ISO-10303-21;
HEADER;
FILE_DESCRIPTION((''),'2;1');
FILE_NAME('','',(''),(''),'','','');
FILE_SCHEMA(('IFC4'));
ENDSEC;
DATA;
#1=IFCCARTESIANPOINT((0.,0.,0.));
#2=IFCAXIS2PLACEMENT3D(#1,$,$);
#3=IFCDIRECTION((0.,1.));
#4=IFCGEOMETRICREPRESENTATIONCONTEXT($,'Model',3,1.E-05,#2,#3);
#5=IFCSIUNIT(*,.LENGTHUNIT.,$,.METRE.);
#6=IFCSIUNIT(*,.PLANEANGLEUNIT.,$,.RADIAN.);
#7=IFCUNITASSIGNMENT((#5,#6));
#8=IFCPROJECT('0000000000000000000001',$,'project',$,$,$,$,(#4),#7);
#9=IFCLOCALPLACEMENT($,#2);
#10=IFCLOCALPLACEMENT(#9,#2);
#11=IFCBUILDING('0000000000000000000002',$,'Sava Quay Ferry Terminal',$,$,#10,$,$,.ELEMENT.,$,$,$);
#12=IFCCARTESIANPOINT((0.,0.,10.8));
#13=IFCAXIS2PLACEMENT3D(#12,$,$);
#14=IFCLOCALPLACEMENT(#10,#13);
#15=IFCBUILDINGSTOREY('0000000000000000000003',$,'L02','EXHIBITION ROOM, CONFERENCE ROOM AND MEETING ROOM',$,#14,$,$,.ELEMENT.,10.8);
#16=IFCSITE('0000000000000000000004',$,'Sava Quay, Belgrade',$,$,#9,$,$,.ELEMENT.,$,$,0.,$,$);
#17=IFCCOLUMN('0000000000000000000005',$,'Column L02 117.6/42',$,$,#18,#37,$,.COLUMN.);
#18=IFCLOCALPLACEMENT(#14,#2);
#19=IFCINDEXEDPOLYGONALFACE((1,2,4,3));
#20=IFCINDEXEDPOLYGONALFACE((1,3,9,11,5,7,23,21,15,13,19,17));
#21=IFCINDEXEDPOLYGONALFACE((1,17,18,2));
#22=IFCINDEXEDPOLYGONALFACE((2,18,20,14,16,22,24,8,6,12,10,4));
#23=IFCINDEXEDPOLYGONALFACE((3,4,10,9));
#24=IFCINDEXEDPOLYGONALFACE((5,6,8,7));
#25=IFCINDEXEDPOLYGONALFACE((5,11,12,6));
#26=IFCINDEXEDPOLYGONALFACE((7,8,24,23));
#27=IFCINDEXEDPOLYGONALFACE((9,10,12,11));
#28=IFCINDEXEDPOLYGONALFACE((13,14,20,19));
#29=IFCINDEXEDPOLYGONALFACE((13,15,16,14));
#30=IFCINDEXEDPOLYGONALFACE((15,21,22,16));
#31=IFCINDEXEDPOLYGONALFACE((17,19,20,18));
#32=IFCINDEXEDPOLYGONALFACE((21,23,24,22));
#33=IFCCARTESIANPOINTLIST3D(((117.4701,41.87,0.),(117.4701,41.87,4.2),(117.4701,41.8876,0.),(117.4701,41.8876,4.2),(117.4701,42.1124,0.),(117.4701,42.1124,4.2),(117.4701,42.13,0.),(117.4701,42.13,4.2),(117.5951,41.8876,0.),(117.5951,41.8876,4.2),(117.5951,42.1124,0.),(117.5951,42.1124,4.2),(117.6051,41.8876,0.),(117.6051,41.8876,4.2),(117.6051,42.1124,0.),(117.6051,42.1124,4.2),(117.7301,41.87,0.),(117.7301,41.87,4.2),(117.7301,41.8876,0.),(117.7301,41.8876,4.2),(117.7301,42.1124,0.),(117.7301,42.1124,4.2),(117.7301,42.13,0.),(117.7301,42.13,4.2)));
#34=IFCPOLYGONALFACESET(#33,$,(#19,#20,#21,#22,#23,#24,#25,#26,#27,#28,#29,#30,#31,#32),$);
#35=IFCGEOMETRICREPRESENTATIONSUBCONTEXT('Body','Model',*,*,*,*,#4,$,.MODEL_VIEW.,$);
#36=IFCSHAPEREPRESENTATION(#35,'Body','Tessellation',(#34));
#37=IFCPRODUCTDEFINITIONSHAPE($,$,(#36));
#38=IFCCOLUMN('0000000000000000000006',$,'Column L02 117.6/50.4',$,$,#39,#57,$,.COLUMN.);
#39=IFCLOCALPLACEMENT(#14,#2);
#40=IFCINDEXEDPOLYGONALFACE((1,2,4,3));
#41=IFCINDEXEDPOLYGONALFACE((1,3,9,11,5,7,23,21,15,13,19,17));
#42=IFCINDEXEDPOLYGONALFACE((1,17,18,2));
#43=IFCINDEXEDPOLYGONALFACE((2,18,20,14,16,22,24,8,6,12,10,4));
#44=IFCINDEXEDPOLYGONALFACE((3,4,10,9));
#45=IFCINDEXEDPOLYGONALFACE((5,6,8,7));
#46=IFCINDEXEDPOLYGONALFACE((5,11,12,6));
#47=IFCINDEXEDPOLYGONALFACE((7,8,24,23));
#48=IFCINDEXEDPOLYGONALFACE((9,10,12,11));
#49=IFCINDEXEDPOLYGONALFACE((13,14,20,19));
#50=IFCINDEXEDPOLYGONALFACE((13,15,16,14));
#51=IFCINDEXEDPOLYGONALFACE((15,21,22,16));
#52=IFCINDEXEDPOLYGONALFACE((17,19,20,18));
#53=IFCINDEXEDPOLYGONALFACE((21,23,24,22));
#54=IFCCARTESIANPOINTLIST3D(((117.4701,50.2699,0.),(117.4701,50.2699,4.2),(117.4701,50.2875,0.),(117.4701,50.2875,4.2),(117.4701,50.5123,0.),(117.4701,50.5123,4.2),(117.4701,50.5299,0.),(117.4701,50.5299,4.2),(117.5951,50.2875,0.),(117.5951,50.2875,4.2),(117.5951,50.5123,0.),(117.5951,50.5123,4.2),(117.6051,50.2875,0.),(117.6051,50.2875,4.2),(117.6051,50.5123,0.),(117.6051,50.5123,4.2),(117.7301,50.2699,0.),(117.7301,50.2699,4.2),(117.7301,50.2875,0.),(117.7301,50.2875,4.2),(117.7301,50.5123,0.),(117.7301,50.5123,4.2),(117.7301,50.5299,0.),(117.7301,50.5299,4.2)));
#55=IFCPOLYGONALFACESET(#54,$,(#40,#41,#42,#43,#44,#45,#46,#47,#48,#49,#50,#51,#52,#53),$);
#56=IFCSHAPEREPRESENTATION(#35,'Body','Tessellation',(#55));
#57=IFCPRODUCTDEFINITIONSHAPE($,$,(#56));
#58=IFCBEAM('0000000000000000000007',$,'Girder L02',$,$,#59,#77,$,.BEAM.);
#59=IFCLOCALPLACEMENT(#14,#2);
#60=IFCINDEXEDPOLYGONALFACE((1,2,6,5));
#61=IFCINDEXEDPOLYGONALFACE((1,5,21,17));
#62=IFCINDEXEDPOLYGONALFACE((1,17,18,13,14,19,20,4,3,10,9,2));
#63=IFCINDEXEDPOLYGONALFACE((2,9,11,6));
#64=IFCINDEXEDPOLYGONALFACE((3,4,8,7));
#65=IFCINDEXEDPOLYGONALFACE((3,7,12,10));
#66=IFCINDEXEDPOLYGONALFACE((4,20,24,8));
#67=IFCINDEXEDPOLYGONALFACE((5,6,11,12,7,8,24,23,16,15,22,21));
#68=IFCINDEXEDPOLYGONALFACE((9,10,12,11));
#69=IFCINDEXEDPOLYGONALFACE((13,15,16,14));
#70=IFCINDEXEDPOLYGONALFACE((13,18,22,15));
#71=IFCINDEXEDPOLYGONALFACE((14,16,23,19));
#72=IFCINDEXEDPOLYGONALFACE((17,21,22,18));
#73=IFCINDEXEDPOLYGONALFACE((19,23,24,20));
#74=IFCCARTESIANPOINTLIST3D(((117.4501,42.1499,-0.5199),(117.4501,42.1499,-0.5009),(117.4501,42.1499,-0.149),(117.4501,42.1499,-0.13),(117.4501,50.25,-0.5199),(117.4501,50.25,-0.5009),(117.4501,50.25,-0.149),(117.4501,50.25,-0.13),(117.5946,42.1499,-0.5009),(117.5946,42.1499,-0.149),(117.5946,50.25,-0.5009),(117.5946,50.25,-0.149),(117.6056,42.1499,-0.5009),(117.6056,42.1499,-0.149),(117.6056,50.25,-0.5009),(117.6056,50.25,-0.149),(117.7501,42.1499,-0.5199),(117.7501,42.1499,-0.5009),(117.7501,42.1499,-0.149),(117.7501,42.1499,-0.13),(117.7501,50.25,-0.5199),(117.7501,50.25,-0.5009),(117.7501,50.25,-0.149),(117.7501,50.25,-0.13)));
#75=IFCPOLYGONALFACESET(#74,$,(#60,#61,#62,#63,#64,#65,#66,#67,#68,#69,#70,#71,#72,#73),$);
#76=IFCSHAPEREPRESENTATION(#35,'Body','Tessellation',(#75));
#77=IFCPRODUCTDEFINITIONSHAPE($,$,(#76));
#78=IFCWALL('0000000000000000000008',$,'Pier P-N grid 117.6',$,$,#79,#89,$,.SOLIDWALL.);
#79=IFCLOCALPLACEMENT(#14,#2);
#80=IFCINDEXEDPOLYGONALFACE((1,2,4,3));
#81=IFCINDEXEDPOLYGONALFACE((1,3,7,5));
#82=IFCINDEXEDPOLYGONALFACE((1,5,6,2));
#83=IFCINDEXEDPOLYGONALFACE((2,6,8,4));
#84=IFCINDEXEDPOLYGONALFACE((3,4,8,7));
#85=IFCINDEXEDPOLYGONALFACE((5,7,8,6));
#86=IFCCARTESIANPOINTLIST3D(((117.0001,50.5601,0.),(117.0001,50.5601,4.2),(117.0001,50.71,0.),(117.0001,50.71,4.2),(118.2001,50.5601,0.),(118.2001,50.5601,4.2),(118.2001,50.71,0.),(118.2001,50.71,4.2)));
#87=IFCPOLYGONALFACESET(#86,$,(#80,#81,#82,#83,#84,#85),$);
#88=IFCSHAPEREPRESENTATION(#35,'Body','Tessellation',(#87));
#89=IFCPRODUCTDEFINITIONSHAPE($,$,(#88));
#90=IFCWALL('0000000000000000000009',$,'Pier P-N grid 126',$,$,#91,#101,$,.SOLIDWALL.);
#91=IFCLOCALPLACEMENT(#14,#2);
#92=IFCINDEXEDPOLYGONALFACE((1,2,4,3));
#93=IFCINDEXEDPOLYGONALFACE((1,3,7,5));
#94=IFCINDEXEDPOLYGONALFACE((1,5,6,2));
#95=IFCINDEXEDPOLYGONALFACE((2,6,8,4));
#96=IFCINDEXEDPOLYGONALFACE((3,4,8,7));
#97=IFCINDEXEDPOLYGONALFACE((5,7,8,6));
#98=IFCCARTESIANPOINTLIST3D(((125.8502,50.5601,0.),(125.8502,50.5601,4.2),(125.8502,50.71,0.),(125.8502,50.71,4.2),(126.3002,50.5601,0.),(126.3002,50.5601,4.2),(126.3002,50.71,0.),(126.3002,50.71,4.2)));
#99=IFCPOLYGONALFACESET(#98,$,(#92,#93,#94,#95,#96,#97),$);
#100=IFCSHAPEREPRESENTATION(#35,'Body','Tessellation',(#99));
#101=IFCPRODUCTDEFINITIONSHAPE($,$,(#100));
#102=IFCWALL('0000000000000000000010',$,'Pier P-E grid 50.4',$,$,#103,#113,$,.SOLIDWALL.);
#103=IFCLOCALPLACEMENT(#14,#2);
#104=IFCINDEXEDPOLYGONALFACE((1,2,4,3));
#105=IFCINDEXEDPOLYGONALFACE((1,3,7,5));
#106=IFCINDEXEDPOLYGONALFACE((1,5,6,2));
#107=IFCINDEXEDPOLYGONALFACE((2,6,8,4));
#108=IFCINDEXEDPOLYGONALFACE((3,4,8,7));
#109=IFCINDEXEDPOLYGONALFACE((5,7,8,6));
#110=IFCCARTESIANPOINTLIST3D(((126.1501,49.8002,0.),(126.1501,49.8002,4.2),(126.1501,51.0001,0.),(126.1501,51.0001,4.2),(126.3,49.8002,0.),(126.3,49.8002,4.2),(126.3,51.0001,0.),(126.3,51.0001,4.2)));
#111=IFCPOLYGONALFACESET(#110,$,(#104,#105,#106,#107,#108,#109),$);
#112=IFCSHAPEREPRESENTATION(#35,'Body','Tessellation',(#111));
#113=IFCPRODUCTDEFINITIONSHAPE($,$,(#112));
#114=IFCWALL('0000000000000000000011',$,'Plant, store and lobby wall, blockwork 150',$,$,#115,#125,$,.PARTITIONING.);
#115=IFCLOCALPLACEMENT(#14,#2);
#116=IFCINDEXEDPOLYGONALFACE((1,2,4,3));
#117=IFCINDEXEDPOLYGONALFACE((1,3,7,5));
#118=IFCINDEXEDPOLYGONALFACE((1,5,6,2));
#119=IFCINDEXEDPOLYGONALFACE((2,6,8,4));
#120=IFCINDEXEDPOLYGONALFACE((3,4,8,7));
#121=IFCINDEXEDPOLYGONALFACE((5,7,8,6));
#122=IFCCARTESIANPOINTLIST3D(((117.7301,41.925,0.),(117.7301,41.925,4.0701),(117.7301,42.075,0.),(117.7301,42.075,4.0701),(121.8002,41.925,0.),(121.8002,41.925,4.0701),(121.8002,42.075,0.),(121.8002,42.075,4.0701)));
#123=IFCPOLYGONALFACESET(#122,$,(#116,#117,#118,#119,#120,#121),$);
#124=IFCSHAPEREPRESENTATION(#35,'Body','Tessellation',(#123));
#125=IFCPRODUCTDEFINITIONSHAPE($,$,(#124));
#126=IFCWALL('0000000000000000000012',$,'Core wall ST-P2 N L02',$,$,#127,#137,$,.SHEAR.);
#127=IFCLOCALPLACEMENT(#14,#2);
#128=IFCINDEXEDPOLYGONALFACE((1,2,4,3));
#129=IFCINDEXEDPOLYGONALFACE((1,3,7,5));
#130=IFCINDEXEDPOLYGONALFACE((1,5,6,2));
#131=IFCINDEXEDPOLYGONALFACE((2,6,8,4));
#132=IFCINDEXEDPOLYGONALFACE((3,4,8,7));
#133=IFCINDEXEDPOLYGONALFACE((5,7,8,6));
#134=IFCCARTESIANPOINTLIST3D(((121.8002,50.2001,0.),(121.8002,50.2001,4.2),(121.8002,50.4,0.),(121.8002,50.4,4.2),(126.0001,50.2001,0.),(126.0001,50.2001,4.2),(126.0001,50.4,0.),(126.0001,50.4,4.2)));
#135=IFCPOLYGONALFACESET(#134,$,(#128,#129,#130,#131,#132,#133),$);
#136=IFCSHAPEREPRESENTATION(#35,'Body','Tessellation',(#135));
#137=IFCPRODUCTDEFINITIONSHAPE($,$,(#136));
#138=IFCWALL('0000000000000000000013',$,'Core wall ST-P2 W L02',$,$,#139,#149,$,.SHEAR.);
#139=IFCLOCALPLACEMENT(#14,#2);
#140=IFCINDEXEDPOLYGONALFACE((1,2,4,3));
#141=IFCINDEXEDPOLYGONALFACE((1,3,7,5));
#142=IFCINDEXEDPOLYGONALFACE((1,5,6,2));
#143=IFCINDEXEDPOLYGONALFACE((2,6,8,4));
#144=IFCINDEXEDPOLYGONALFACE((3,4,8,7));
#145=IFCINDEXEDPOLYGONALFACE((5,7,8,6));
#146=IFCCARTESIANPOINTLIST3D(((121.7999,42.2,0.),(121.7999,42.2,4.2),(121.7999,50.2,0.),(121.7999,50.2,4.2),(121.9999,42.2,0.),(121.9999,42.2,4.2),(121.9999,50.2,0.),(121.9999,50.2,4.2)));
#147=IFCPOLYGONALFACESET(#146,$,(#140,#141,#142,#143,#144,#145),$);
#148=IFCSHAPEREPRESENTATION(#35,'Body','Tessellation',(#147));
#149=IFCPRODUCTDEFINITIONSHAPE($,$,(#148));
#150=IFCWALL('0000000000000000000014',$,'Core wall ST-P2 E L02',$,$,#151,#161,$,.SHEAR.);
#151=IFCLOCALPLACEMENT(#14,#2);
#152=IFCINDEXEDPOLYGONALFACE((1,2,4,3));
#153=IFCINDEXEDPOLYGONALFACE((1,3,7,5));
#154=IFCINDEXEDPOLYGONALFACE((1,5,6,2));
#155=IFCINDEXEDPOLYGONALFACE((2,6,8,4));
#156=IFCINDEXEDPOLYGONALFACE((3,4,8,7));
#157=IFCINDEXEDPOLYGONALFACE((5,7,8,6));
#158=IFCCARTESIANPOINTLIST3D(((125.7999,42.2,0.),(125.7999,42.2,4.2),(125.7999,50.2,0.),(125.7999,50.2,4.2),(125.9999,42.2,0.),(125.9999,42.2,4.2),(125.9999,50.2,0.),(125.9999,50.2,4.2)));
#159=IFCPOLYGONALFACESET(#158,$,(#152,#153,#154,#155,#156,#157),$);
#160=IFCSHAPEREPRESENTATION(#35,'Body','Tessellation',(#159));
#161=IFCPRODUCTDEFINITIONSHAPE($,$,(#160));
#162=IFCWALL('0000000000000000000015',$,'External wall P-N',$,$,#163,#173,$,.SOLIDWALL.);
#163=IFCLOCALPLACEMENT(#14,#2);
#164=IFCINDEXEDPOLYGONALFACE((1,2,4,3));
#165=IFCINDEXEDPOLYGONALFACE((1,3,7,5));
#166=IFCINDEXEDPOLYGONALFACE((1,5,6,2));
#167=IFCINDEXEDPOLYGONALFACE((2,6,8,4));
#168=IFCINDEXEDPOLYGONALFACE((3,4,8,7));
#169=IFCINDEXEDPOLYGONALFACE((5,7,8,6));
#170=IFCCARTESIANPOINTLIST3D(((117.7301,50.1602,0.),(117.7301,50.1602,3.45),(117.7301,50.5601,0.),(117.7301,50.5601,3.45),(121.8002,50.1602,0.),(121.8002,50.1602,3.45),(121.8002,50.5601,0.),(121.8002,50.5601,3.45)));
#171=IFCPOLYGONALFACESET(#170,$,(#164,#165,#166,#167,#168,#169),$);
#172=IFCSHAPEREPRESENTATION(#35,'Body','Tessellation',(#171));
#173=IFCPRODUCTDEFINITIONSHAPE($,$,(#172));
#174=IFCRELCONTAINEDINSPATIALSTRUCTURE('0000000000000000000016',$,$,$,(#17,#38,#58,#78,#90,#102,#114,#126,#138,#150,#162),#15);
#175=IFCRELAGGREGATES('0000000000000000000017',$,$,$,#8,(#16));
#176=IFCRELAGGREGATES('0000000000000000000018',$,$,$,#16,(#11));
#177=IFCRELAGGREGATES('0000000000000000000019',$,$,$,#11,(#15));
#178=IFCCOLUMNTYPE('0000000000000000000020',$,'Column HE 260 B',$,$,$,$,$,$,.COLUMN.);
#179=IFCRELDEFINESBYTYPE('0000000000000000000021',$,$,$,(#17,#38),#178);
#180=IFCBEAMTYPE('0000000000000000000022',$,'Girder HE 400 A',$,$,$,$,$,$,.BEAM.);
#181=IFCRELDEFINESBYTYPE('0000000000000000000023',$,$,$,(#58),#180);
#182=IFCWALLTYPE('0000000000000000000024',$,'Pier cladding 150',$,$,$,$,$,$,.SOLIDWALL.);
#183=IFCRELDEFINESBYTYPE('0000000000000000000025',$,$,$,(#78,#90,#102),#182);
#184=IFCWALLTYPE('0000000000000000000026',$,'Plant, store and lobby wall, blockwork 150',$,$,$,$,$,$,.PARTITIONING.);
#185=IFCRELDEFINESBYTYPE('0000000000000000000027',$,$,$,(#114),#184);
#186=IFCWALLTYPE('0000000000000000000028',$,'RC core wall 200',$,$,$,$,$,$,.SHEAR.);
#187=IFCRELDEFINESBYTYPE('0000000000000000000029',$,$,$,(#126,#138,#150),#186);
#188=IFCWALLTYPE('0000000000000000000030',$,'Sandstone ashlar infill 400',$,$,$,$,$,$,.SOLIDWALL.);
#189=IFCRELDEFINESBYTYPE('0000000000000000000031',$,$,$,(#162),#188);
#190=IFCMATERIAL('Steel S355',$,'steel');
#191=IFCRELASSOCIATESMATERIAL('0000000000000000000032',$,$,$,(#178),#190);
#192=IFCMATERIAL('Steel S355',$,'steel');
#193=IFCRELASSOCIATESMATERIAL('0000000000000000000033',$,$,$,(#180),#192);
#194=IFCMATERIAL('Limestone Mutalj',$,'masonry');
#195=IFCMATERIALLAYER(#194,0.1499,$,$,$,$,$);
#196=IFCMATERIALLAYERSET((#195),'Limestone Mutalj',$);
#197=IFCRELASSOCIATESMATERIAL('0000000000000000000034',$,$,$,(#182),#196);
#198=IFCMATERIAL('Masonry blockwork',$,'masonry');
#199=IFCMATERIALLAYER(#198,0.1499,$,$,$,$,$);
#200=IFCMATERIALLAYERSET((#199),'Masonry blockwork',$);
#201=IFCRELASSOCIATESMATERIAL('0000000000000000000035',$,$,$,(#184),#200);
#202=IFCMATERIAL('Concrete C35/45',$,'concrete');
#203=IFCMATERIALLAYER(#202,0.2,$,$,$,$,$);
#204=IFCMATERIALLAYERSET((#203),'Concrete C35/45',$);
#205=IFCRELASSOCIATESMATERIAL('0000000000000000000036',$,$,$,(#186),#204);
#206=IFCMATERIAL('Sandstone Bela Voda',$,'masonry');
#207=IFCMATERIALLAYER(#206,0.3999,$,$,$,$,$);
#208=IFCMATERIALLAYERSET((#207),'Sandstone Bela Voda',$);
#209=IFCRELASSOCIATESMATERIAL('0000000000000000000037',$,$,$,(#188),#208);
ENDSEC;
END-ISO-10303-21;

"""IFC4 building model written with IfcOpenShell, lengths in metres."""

from ifc_helpers import new_model, si_unit, direction, frame, frame_2d, origin, origin_2d, place, context, subcontext, project, spatial, rectangle, i_section, extrude, material, layer, layer_set, material_profile, profile_set, type_object, element, save


model = new_model("IFC4")

# Units and contexts
model_context = context("Model", 3, precision=1e-05, world=origin(), true_north=direction((0.0, 1.0)))
body_context = subcontext(model_context, "Body", "Model", "MODEL_VIEW")
ifc_project = project(units=[si_unit("LENGTHUNIT", "METRE"), si_unit("PLANEANGLEUNIT", "RADIAN")], contexts=[model_context])

# Site, building, storey
site_placement = place(None, origin())
site = spatial("IfcSite", under=ifc_project, at=site_placement, Name="Sava Quay, Belgrade", CompositionType="ELEMENT", RefElevation=0.0)
building_placement = place(site_placement, origin())
building = spatial("IfcBuilding", under=site, at=building_placement, Name="Sava Quay Ferry Terminal", CompositionType="ELEMENT")
storey_placement = place(building_placement, frame((0.0, 0.0, 10.8)))
storey = spatial("IfcBuildingStorey", under=building, at=storey_placement, Name="L02", Description="EXHIBITION ROOM, CONFERENCE ROOM AND MEETING ROOM", CompositionType="ELEMENT", Elevation=10.8)

# Columns
ifc_material_1 = material(Name="Steel S355", Category="steel")
ifc_material_profile_1 = material_profile(ifc_material_1, i_section(OverallWidth=0.26, OverallDepth=0.26, WebThickness=0.01, FlangeThickness=0.0176, at=origin_2d()), Name="HE 260 B")
ifc_profile_set_1 = profile_set([ifc_material_profile_1], Name="Steel S355")
column_type = type_object("IfcColumnType", Name="Column HE 260 B", PredefinedType="COLUMN", material=ifc_profile_set_1)
for number, where, z_axis, x_axis, name in (
    (1, (117.6001, 42.0, 0.0), (0.0, 0.0, 1.0), (1.0, 0.0, 0.0), "Column L02 117.6/42"),
    (2, (117.6001, 50.3999, 0.0), (0.0, 0.0, 1.0), (1.0, 0.0, 0.0), "Column L02 117.6/50.4"),
):
    element("IfcColumn", number, at=place(storey_placement, frame(where, z_axis=z_axis, x_axis=x_axis)), inside=storey, type_object=column_type, Name=name, PredefinedType="COLUMN", context=body_context, shape_type="SweptSolid", body=[
        extrude(i_section(OverallWidth=0.26, OverallDepth=0.26, WebThickness=0.01, FlangeThickness=0.0176, at=origin_2d()), origin(), (0.0, 0.0, 1.0), 4.2),
    ])

# Beam
ifc_material_2 = material(Name="Steel S355", Category="steel")
ifc_material_profile_2 = material_profile(ifc_material_2, i_section(OverallWidth=0.3, OverallDepth=0.3899, WebThickness=0.011, FlangeThickness=0.019, at=origin_2d()), Name="HE 400 A")
ifc_profile_set_2 = profile_set([ifc_material_profile_2], Name="Steel S355")
beam_type = type_object("IfcBeamType", Name="Girder HE 400 A", PredefinedType="BEAM", material=ifc_profile_set_2)
beam_placement = place(storey_placement, frame((117.6001, 42.1499, -0.325), z_axis=(0.0, 1.0, 0.0), x_axis=(-1.0, 0.0, 0.0)))
element("IfcBeam", 3, at=beam_placement, inside=storey, type_object=beam_type, Name="Girder L02", PredefinedType="BEAM", context=body_context, shape_type="SweptSolid", body=[
    extrude(i_section(OverallWidth=0.3, OverallDepth=0.3899, WebThickness=0.011, FlangeThickness=0.019, at=origin_2d()), origin(), (0.0, 0.0, 1.0), 8.1001),
])

# Walls
ifc_material_3 = material(Name="Limestone Mutalj", Category="masonry")
ifc_layer_1 = layer(ifc_material_3, 0.1499)
ifc_layer_set_1 = layer_set([ifc_layer_1], Name="Limestone Mutalj")
wall_type_1 = type_object("IfcWallType", Name="Pier cladding 150", PredefinedType="SOLIDWALL", material=ifc_layer_set_1)
wall_1_placement = place(storey_placement, frame((117.0, 50.635, 0.0), z_axis=(0.0, 0.0, 1.0), x_axis=(1.0, 0.0, 0.0)))
element("IfcWall", 4, at=wall_1_placement, inside=storey, type_object=wall_type_1, Name="Pier P-N grid 117.6", PredefinedType="SOLIDWALL", context=body_context, shape_type="SweptSolid", body=[
    extrude(rectangle(XDim=1.2, YDim=0.1499, at=frame_2d((0.6001, 0.0))), origin(), (0.0, 0.0, 1.0), 4.2),
])
wall_2_placement = place(storey_placement, frame((125.8501, 50.635, 0.0), z_axis=(0.0, 0.0, 1.0), x_axis=(1.0, 0.0, 0.0)))
element("IfcWall", 5, at=wall_2_placement, inside=storey, type_object=wall_type_1, Name="Pier P-N grid 126", PredefinedType="SOLIDWALL", context=body_context, shape_type="SweptSolid", body=[
    extrude(rectangle(XDim=0.45, YDim=0.1499, at=frame_2d((0.2251, 0.0))), origin(), (0.0, 0.0, 1.0), 4.2),
])
wall_3_placement = place(storey_placement, frame((126.2251, 49.8, 0.0), z_axis=(0.0, 0.0, 1.0), x_axis=(0.0, 1.0, 0.0)))
element("IfcWall", 6, at=wall_3_placement, inside=storey, type_object=wall_type_1, Name="Pier P-E grid 50.4", PredefinedType="SOLIDWALL", context=body_context, shape_type="SweptSolid", body=[
    extrude(rectangle(XDim=1.2, YDim=0.1499, at=frame_2d((0.6001, 0.0))), origin(), (0.0, 0.0, 1.0), 4.2),
])
ifc_material_4 = material(Name="Masonry blockwork", Category="masonry")
ifc_layer_2 = layer(ifc_material_4, 0.1499)
ifc_layer_set_2 = layer_set([ifc_layer_2], Name="Masonry blockwork")
wall_type_2 = type_object("IfcWallType", Name="Plant, store and lobby wall, blockwork 150", PredefinedType="PARTITIONING", material=ifc_layer_set_2)
wall_4_placement = place(storey_placement, frame((117.73, 42.0, 0.0), z_axis=(0.0, 0.0, 1.0), x_axis=(1.0, 0.0, 0.0)))
element("IfcWall", 7, at=wall_4_placement, inside=storey, type_object=wall_type_2, Name="Plant, store and lobby wall, blockwork 150", PredefinedType="PARTITIONING", context=body_context, shape_type="SweptSolid", body=[
    extrude(rectangle(XDim=4.0701, YDim=0.1499, at=frame_2d((2.0352, 0.0))), origin(), (0.0, 0.0, 1.0), 4.0701),
])

# Shared definitions
ifc_material_5 = material(Name="Concrete C35/45", Category="concrete")
ifc_layer_3 = layer(ifc_material_5, 0.2)
ifc_layer_set_3 = layer_set([ifc_layer_3], Name="Concrete C35/45")
wall_type_3 = type_object("IfcWallType", Name="RC core wall 200", PredefinedType="SHEAR", material=ifc_layer_set_3)

# Walls
wall_5_placement = place(storey_placement, frame((121.8, 50.3, 0.0), z_axis=(0.0, 0.0, 1.0), x_axis=(1.0, 0.0, 0.0)))
element("IfcWall", 8, at=wall_5_placement, inside=storey, type_object=wall_type_3, Name="Core wall ST-P2 N L02", PredefinedType="SHEAR", context=body_context, shape_type="SweptSolid", body=[
    extrude(rectangle(XDim=4.2, YDim=0.2, at=frame_2d((2.1001, 0.0))), origin(), (0.0, 0.0, 1.0), 4.2),
])
for number, where, z_axis, x_axis, name in (
    (9, (121.8999, 42.2, 0.0), (0.0, 0.0, 1.0), (0.0, 1.0, 0.0), "Core wall ST-P2 W L02"),
    (10, (125.8999, 42.2, 0.0), (0.0, 0.0, 1.0), (0.0, 1.0, 0.0), "Core wall ST-P2 E L02"),
):
    element("IfcWall", number, at=place(storey_placement, frame(where, z_axis=z_axis, x_axis=x_axis)), inside=storey, type_object=wall_type_3, Name=name, PredefinedType="SHEAR", context=body_context, shape_type="SweptSolid", body=[
        extrude(rectangle(XDim=8.0, YDim=0.2, at=frame_2d((4.0, 0.0))), origin(), (0.0, 0.0, 1.0), 4.2),
    ])
ifc_material_6 = material(Name="Sandstone Bela Voda", Category="masonry")
ifc_layer_4 = layer(ifc_material_6, 0.3999)
ifc_layer_set_4 = layer_set([ifc_layer_4], Name="Sandstone Bela Voda")
wall_type_4 = type_object("IfcWallType", Name="Sandstone ashlar infill 400", PredefinedType="SOLIDWALL", material=ifc_layer_set_4)
wall_6_placement = place(storey_placement, frame((117.73, 50.3601, 0.0), z_axis=(0.0, 0.0, 1.0), x_axis=(1.0, 0.0, 0.0)))
element("IfcWall", 11, at=wall_6_placement, inside=storey, type_object=wall_type_4, Name="External wall P-N", PredefinedType="SOLIDWALL", context=body_context, shape_type="SweptSolid", body=[
    extrude(rectangle(XDim=4.0701, YDim=0.3999, at=frame_2d((2.0352, 0.0))), origin(), (0.0, 0.0, 1.0), 3.45),
])

save(model, "model.ifc")
